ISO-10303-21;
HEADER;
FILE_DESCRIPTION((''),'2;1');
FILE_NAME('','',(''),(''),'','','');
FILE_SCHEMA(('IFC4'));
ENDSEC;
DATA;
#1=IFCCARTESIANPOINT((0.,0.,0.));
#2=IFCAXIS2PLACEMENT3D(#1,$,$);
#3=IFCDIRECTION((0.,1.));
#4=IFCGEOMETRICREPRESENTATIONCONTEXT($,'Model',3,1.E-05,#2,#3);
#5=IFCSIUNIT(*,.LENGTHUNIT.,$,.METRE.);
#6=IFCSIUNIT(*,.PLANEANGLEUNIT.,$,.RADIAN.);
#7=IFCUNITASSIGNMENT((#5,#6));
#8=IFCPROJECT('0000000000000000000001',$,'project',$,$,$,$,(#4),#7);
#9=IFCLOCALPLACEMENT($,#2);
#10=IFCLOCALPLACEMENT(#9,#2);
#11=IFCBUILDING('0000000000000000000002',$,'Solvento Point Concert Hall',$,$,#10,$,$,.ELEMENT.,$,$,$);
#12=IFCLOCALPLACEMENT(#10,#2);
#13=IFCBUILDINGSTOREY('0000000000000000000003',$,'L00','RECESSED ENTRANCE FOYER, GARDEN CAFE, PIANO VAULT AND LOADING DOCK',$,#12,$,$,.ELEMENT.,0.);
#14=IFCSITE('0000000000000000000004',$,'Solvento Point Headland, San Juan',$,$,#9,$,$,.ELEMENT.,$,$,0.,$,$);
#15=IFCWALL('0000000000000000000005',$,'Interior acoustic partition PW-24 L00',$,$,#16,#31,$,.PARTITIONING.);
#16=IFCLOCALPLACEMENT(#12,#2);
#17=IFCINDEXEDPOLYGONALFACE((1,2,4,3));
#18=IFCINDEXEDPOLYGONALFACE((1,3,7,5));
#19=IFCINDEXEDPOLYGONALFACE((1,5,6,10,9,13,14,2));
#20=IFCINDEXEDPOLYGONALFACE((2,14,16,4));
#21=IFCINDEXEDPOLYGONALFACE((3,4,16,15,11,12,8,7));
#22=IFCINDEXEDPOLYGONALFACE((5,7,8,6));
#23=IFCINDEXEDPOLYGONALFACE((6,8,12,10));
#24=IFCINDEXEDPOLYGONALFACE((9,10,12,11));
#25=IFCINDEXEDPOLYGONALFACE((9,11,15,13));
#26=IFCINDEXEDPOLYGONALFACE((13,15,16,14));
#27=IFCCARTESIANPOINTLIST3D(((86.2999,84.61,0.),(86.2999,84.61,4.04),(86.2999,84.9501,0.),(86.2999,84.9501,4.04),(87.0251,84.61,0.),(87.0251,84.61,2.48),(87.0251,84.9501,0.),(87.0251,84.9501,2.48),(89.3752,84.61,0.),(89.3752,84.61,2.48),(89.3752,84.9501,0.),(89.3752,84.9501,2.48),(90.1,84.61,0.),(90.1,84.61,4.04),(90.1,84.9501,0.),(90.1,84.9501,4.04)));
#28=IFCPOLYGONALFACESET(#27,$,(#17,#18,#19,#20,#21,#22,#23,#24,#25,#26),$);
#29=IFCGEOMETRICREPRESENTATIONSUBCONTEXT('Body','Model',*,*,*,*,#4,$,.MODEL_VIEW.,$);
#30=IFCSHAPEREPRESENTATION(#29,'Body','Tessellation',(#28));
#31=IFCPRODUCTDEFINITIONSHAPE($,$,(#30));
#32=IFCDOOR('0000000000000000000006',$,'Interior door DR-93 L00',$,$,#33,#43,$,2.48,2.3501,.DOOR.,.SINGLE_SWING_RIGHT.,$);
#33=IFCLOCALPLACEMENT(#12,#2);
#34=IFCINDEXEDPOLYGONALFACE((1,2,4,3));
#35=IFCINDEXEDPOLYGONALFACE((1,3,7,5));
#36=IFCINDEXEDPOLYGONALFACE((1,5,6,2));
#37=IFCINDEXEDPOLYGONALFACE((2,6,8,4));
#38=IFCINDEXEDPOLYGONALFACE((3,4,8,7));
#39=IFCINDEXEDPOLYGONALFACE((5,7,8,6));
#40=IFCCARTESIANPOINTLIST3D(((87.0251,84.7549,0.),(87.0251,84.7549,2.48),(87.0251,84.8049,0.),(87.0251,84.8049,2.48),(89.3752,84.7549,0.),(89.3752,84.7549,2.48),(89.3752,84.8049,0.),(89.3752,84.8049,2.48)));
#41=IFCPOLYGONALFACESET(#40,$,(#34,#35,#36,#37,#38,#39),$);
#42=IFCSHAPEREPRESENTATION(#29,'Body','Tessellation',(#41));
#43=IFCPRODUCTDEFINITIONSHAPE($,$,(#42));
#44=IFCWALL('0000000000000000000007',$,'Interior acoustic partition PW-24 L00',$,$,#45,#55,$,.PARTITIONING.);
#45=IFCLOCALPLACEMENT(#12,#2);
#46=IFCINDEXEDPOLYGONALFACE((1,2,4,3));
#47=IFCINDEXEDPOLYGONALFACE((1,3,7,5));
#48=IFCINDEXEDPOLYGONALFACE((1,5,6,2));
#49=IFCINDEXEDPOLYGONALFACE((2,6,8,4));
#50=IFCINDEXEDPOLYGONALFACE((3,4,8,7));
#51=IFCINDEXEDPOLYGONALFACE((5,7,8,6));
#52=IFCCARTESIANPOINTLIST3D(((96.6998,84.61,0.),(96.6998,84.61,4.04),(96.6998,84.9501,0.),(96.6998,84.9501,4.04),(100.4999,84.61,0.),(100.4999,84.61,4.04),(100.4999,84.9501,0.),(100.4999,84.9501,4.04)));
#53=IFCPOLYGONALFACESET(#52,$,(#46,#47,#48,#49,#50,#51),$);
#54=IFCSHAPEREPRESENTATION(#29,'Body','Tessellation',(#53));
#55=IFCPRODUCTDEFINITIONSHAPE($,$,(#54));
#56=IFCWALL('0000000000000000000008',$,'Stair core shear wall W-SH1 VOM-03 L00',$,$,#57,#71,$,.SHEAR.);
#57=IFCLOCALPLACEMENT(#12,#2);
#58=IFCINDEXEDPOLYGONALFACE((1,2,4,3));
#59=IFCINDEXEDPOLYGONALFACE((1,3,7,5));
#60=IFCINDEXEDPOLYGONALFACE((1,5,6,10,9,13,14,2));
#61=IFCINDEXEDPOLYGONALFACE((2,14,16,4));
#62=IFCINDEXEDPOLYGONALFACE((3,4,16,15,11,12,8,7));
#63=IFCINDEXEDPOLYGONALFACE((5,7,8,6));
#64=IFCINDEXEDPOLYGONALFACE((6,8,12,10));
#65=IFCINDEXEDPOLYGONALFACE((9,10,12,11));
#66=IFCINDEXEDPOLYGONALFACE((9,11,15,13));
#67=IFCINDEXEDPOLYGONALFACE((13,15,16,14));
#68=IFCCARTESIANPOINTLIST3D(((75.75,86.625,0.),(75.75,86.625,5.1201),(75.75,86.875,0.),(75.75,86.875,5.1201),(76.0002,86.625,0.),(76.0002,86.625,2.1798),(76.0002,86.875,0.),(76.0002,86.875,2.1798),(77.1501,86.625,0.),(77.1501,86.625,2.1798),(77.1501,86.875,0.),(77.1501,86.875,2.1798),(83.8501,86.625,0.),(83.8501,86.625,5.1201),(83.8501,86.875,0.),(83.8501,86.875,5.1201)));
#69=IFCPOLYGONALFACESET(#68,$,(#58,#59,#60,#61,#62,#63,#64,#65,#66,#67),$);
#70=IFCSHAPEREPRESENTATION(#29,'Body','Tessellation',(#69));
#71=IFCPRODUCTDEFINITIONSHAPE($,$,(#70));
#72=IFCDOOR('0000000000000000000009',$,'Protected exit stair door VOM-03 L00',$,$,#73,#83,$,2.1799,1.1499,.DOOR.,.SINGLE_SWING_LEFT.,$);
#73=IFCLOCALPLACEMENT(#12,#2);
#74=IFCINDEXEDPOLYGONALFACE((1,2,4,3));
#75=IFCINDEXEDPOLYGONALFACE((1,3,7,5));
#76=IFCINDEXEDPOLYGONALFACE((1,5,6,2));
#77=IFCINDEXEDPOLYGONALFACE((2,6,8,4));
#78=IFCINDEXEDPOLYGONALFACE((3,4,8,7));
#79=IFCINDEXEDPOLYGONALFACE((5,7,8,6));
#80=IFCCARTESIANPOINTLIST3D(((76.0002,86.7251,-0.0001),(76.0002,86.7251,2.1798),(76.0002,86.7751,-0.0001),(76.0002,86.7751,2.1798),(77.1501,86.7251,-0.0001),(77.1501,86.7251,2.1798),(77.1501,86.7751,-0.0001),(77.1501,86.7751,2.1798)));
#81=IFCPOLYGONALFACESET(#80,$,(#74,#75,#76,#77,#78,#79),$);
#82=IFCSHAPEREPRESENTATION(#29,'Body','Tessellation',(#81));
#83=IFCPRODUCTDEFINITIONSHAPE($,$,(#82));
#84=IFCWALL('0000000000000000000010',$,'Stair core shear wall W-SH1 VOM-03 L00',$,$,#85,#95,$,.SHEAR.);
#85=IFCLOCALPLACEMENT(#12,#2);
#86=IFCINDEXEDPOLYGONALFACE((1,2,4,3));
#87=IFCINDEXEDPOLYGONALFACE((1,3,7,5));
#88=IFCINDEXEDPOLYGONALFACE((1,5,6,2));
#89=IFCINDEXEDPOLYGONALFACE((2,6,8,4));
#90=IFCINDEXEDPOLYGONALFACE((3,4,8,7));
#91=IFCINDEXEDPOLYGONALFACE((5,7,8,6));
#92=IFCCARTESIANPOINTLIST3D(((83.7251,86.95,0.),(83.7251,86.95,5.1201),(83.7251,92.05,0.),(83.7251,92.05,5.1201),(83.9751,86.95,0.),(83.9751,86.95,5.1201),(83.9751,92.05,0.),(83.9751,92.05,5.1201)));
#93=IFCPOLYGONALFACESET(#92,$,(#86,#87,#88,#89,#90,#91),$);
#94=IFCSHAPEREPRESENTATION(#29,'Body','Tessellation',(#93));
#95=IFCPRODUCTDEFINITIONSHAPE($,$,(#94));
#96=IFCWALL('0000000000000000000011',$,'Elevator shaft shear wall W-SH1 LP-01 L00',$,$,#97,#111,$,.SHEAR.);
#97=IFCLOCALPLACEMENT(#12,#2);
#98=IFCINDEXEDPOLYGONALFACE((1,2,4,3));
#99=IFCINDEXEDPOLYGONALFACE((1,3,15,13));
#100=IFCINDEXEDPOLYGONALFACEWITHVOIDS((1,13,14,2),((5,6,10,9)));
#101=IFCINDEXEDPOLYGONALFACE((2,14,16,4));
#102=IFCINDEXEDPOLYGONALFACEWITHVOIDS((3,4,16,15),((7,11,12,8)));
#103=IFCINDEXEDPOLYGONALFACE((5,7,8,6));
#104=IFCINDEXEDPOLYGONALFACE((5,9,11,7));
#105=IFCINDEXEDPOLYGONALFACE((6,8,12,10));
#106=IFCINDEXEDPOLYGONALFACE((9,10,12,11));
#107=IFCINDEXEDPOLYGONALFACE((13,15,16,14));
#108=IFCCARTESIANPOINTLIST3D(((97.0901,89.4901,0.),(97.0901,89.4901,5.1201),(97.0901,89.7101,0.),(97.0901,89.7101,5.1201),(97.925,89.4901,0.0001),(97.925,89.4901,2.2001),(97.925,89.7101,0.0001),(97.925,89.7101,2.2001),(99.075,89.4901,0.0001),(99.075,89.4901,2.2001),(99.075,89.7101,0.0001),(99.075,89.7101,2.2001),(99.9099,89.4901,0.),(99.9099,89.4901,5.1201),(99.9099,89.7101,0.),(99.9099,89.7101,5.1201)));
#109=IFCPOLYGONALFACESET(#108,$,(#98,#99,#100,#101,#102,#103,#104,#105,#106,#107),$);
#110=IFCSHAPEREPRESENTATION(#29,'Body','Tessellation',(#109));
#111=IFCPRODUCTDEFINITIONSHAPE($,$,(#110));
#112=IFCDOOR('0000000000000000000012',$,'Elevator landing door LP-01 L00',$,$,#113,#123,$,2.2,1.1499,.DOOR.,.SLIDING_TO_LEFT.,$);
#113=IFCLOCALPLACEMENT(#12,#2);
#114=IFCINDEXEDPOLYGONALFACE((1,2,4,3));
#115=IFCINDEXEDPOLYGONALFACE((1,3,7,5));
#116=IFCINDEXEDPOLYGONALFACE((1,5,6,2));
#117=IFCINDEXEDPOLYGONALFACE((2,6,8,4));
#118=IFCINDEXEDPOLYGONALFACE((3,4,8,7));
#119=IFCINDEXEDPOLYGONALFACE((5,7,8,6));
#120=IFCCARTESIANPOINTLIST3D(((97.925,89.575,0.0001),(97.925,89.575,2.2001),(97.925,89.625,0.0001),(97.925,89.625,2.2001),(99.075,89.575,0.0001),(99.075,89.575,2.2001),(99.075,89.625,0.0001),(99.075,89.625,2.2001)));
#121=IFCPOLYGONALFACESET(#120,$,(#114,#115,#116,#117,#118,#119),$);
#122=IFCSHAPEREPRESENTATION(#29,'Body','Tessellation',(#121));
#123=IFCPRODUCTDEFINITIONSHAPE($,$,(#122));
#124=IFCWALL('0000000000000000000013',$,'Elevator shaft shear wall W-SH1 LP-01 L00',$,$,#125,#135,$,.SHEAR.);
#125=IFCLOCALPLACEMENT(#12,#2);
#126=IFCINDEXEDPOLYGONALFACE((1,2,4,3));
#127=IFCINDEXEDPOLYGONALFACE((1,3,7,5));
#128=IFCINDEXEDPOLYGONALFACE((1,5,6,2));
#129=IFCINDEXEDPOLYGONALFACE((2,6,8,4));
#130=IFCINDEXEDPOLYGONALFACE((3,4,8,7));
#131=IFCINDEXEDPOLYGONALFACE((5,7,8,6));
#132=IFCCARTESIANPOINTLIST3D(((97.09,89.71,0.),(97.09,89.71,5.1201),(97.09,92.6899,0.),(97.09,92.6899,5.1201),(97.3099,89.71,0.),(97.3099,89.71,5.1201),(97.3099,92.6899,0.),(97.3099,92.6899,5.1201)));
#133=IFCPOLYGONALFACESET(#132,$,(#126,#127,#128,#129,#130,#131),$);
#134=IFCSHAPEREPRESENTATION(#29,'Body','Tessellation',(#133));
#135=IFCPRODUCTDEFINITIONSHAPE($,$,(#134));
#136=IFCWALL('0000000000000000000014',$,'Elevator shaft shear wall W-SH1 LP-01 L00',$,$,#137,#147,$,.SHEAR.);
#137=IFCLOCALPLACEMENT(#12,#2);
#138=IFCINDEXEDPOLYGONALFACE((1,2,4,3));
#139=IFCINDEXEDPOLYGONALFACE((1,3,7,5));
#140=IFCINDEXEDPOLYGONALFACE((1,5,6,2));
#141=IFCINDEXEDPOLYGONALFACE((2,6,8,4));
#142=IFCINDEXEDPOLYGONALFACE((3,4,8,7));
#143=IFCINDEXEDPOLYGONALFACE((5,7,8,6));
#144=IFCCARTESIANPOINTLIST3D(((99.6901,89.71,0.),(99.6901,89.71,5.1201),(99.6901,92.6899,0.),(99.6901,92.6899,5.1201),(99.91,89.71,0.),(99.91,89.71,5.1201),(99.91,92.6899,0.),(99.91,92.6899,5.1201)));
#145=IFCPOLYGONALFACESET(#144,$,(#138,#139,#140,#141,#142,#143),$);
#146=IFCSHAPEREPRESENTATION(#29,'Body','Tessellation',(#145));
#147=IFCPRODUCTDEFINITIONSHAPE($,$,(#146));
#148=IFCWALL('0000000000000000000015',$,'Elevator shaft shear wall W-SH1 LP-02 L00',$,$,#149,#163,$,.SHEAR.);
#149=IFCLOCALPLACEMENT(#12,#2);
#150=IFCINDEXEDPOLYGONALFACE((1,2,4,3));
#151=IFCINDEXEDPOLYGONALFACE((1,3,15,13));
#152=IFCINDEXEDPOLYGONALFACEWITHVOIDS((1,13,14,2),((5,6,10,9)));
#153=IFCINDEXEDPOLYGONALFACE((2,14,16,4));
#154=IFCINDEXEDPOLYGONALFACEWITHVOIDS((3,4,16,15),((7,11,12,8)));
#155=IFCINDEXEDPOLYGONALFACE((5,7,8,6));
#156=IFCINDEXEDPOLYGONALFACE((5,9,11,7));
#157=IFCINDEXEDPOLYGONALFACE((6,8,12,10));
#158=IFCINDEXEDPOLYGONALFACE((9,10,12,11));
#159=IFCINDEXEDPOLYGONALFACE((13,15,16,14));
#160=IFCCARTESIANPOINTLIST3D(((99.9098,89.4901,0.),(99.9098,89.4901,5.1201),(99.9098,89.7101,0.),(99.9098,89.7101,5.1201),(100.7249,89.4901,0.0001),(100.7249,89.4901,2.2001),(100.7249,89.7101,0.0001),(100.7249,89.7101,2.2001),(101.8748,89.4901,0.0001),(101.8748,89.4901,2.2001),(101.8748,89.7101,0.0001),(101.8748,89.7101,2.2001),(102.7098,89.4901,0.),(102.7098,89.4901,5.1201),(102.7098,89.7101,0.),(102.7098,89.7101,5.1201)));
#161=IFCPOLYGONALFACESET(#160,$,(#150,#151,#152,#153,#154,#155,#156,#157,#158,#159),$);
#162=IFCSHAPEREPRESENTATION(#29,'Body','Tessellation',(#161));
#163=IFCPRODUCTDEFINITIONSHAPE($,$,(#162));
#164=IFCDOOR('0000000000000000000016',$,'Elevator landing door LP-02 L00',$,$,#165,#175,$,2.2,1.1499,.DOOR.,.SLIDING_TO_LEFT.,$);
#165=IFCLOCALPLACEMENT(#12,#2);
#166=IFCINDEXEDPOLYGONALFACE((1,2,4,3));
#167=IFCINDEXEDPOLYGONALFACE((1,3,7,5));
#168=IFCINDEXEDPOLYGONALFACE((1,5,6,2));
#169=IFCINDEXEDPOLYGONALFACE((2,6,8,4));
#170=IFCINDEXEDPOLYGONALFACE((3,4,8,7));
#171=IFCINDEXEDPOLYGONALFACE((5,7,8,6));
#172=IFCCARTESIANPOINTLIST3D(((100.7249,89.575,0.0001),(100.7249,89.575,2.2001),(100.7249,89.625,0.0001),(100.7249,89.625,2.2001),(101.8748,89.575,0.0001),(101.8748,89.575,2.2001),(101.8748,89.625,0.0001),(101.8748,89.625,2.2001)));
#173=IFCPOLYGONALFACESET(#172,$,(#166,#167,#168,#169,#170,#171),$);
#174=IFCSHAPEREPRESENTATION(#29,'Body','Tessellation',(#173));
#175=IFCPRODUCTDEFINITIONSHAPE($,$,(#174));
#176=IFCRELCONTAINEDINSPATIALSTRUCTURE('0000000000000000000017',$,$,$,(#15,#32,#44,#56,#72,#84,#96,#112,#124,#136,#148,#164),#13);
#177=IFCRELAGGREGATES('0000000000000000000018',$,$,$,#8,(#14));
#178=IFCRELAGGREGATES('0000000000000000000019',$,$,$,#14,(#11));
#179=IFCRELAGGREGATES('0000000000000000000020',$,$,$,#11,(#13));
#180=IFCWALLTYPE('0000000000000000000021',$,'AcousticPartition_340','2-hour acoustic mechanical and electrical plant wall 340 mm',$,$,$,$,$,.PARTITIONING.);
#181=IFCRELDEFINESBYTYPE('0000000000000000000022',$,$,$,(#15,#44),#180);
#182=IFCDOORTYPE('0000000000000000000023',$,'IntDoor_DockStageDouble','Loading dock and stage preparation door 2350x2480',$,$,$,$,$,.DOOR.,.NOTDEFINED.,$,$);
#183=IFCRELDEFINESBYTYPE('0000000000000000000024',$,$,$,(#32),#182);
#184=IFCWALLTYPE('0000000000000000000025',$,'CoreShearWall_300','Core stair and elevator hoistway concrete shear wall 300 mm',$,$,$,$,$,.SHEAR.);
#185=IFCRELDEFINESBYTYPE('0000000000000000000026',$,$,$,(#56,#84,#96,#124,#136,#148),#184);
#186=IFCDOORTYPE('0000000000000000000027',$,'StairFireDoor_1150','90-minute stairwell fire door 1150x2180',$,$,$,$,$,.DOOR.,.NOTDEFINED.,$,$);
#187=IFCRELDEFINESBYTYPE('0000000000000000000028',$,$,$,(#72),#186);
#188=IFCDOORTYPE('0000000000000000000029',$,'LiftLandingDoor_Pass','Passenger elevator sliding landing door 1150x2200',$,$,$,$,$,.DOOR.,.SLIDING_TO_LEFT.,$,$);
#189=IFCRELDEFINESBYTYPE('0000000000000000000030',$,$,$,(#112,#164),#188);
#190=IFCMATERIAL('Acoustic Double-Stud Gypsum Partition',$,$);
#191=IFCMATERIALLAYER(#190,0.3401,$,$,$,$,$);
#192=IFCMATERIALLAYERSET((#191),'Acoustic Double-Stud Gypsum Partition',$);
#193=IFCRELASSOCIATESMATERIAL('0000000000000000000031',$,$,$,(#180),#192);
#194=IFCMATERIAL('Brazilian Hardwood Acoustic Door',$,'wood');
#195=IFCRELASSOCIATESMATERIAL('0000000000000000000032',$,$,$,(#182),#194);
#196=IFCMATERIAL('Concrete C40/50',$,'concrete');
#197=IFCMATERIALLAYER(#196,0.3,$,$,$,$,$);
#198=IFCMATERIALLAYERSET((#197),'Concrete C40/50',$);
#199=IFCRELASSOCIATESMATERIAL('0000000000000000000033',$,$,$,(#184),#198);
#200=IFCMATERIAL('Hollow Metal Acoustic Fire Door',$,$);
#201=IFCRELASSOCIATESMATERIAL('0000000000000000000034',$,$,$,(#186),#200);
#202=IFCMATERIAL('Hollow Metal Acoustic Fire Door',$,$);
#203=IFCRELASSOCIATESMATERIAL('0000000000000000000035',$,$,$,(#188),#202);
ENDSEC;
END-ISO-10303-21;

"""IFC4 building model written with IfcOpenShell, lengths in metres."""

from ifc_helpers import new_model, si_unit, direction, frame, frame_2d, origin, place, context, subcontext, project, spatial, rectangle, extrude, material, layer, layer_set, type_object, element, fill, save


model = new_model("IFC4")

# Units and contexts
model_context = context("Model", 3, precision=1e-05, world=origin(), true_north=direction((0.0, 1.0)))
body_context = subcontext(model_context, "Body", "Model", "MODEL_VIEW")
ifc_project = project(units=[si_unit("LENGTHUNIT", "METRE"), si_unit("PLANEANGLEUNIT", "RADIAN")], contexts=[model_context])

# Site, building, storey
site_placement = place(None, origin())
site = spatial("IfcSite", under=ifc_project, at=site_placement, Name="Solvento Point Headland, San Juan", CompositionType="ELEMENT", RefElevation=0.0)
building_placement = place(site_placement, origin())
building = spatial("IfcBuilding", under=site, at=building_placement, Name="Solvento Point Concert Hall", CompositionType="ELEMENT")
storey_placement = place(building_placement, origin())
storey = spatial("IfcBuildingStorey", under=building, at=storey_placement, Name="L00", Description="RECESSED ENTRANCE FOYER, GARDEN CAFE, PIANO VAULT AND LOADING DOCK", CompositionType="ELEMENT", Elevation=0.0)

# Wall, opening, door
ifc_material_1 = material(Name="Acoustic Double-Stud Gypsum Partition")
ifc_layer_1 = layer(ifc_material_1, 0.3401)
ifc_layer_set_1 = layer_set([ifc_layer_1], Name="Acoustic Double-Stud Gypsum Partition")
wall_type_1 = type_object("IfcWallType", Name="AcousticPartition_340", Description="2-hour acoustic mechanical and electrical plant wall 340 mm", PredefinedType="PARTITIONING", material=ifc_layer_set_1)
wall_1_placement = place(storey_placement, frame((86.3, 84.78, 0.0), z_axis=(0.0, 0.0, 1.0), x_axis=(1.0, 0.0, 0.0)))
wall_1 = element("IfcWall", 1, at=wall_1_placement, inside=storey, type_object=wall_type_1, Name="Interior acoustic partition PW-24 L00", PredefinedType="PARTITIONING", context=body_context, shape_type="SweptSolid", body=[
    extrude(rectangle(XDim=3.8, YDim=0.3401, at=frame_2d((1.8999, 0.0))), origin(), (0.0, 0.0, 1.0), 4.04),
])
opening_1_placement = place(wall_1_placement, frame((0.7251, 0.0, 0.0)))
opening_1 = element("IfcOpeningElement", 2, at=opening_1_placement, cuts=wall_1, PredefinedType="OPENING", context=body_context, shape_type="SweptSolid", body=[
    extrude(rectangle(XDim=2.3501, YDim=2.48, at=frame_2d((1.175, 1.24))), frame((0.0, 0.1799, 0.0), z_axis=(0.0, -1.0, 0.0), x_axis=(1.0, 0.0, 0.0)), (0.0, 0.0, 1.0), 0.3601),
])
ifc_material_2 = material(Name="Brazilian Hardwood Acoustic Door", Category="wood")
door_type_1 = type_object("IfcDoorType", Name="IntDoor_DockStageDouble", Description="Loading dock and stage preparation door 2350x2480", OperationType="NOTDEFINED", PredefinedType="DOOR", material=ifc_material_2)
door_1_placement = place(opening_1_placement, origin())
door_1 = element("IfcDoor", 3, at=door_1_placement, inside=storey, type_object=door_type_1, Name="Interior door DR-93 L00", OperationType="SINGLE_SWING_RIGHT", OverallHeight=2.48, OverallWidth=2.3501, PredefinedType="DOOR", context=body_context, shape_type="SweptSolid", body=[
    extrude(rectangle(XDim=2.3501, YDim=2.48, at=frame_2d((1.175, 1.24))), frame((0.0, 0.0249, 0.0), z_axis=(0.0, -1.0, 0.0), x_axis=(1.0, 0.0, 0.0)), (0.0, 0.0, 1.0), 0.05),
])
fill(opening_1, door_1)

# Wall
wall_2_placement = place(storey_placement, frame((96.7, 84.78, 0.0), z_axis=(0.0, 0.0, 1.0), x_axis=(1.0, 0.0, 0.0)))
element("IfcWall", 4, at=wall_2_placement, inside=storey, type_object=wall_type_1, Name="Interior acoustic partition PW-24 L00", PredefinedType="PARTITIONING", context=body_context, shape_type="SweptSolid", body=[
    extrude(rectangle(XDim=3.8, YDim=0.3401, at=frame_2d((1.8999, 0.0))), origin(), (0.0, 0.0, 1.0), 4.04),
])

# Wall, opening, door
ifc_material_3 = material(Name="Concrete C40/50", Category="concrete")
ifc_layer_2 = layer(ifc_material_3, 0.3)
ifc_layer_set_2 = layer_set([ifc_layer_2], Name="Concrete C40/50")
wall_type_2 = type_object("IfcWallType", Name="CoreShearWall_300", Description="Core stair and elevator hoistway concrete shear wall 300 mm", PredefinedType="SHEAR", material=ifc_layer_set_2)
wall_3_placement = place(storey_placement, frame((83.8501, 86.75, 0.0), z_axis=(0.0, 0.0, 1.0), x_axis=(-1.0, 0.0, 0.0)))
wall_3 = element("IfcWall", 5, at=wall_3_placement, inside=storey, type_object=wall_type_2, Name="Stair core shear wall W-SH1 VOM-03 L00", PredefinedType="SHEAR", context=body_context, shape_type="SweptSolid", body=[
    extrude(rectangle(XDim=8.1001, YDim=0.25, at=frame_2d((4.05, 0.0))), origin(), (0.0, 0.0, 1.0), 5.1201),
])
opening_2_placement = place(wall_3_placement, frame((6.7, 0.0, 0.0)))
opening_2 = element("IfcOpeningElement", 6, at=opening_2_placement, cuts=wall_3, PredefinedType="OPENING", context=body_context, shape_type="SweptSolid", body=[
    extrude(rectangle(XDim=1.1499, YDim=2.1799, at=frame_2d((0.575, 1.0898))), frame((0.0, 0.135, 0.0), z_axis=(0.0, -1.0, 0.0), x_axis=(1.0, 0.0, 0.0)), (0.0, 0.0, 1.0), 0.27),
])
ifc_material_4 = material(Name="Hollow Metal Acoustic Fire Door")
door_type_2 = type_object("IfcDoorType", Name="StairFireDoor_1150", Description="90-minute stairwell fire door 1150x2180", OperationType="NOTDEFINED", PredefinedType="DOOR", material=ifc_material_4)
door_2_placement = place(opening_2_placement, origin())
door_2 = element("IfcDoor", 7, at=door_2_placement, inside=storey, type_object=door_type_2, Name="Protected exit stair door VOM-03 L00", OperationType="SINGLE_SWING_LEFT", OverallHeight=2.1799, OverallWidth=1.1499, PredefinedType="DOOR", context=body_context, shape_type="SweptSolid", body=[
    extrude(rectangle(XDim=1.1499, YDim=2.1799, at=frame_2d((0.575, 1.0898))), frame((0.0, 0.0249, 0.0), z_axis=(0.0, -1.0, 0.0), x_axis=(1.0, 0.0, 0.0)), (0.0, 0.0, 1.0), 0.05),
])
fill(opening_2, door_2)

# Wall
wall_4_placement = place(storey_placement, frame((83.8501, 92.05, 0.0), z_axis=(0.0, 0.0, 1.0), x_axis=(0.0, -1.0, 0.0)))
element("IfcWall", 8, at=wall_4_placement, inside=storey, type_object=wall_type_2, Name="Stair core shear wall W-SH1 VOM-03 L00", PredefinedType="SHEAR", context=body_context, shape_type="SweptSolid", body=[
    extrude(rectangle(XDim=5.1001, YDim=0.25, at=frame_2d((2.55, 0.0))), origin(), (0.0, 0.0, 1.0), 5.1201),
])

# Wall, opening, door
wall_5_placement = place(storey_placement, frame((97.0901, 89.6001, 0.0), z_axis=(0.0, 0.0, 1.0), x_axis=(1.0, 0.0, 0.0)))
wall_5 = element("IfcWall", 9, at=wall_5_placement, inside=storey, type_object=wall_type_2, Name="Elevator shaft shear wall W-SH1 LP-01 L00", PredefinedType="SHEAR", context=body_context, shape_type="SweptSolid", body=[
    extrude(rectangle(XDim=2.8198, YDim=0.22, at=frame_2d((1.4099, 0.0))), origin(), (0.0, 0.0, 1.0), 5.1201),
])
opening_3_placement = place(wall_5_placement, frame((0.835, 0.0, 0.0)))
opening_3 = element("IfcOpeningElement", 10, at=opening_3_placement, cuts=wall_5, PredefinedType="OPENING", context=body_context, shape_type="SweptSolid", body=[
    extrude(rectangle(XDim=1.1499, YDim=2.2, at=frame_2d((0.575, 1.1001))), frame((0.0, 0.1199, 0.0), z_axis=(0.0, -1.0, 0.0), x_axis=(1.0, 0.0, 0.0)), (0.0, 0.0, 1.0), 0.24),
])
ifc_material_5 = material(Name="Hollow Metal Acoustic Fire Door")
door_type_3 = type_object("IfcDoorType", Name="LiftLandingDoor_Pass", Description="Passenger elevator sliding landing door 1150x2200", OperationType="SLIDING_TO_LEFT", PredefinedType="DOOR", material=ifc_material_5)
door_3_placement = place(opening_3_placement, origin())
door_3 = element("IfcDoor", 11, at=door_3_placement, inside=storey, type_object=door_type_3, Name="Elevator landing door LP-01 L00", OperationType="SLIDING_TO_LEFT", OverallHeight=2.2, OverallWidth=1.1499, PredefinedType="DOOR", context=body_context, shape_type="SweptSolid", body=[
    extrude(rectangle(XDim=1.1499, YDim=2.2, at=frame_2d((0.575, 1.1001))), frame((0.0, 0.0249, 0.0), z_axis=(0.0, -1.0, 0.0), x_axis=(1.0, 0.0, 0.0)), (0.0, 0.0, 1.0), 0.05),
])
fill(opening_3, door_3)

# Walls
for number, where, z_axis, x_axis, name in (
    (12, (97.2, 89.71, 0.0), (0.0, 0.0, 1.0), (0.0, 1.0, 0.0), "Elevator shaft shear wall W-SH1 LP-01 L00"),
    (13, (99.8, 89.71, 0.0), (0.0, 0.0, 1.0), (0.0, 1.0, 0.0), "Elevator shaft shear wall W-SH1 LP-01 L00"),
):
    element("IfcWall", number, at=place(storey_placement, frame(where, z_axis=z_axis, x_axis=x_axis)), inside=storey, type_object=wall_type_2, Name=name, PredefinedType="SHEAR", context=body_context, shape_type="SweptSolid", body=[
        extrude(rectangle(XDim=2.98, YDim=0.22, at=frame_2d((1.49, 0.0))), origin(), (0.0, 0.0, 1.0), 5.1201),
    ])

# Wall, opening, door
wall_6_placement = place(storey_placement, frame((99.9099, 89.6001, 0.0), z_axis=(0.0, 0.0, 1.0), x_axis=(1.0, 0.0, 0.0)))
wall_6 = element("IfcWall", 14, at=wall_6_placement, inside=storey, type_object=wall_type_2, Name="Elevator shaft shear wall W-SH1 LP-02 L00", PredefinedType="SHEAR", context=body_context, shape_type="SweptSolid", body=[
    extrude(rectangle(XDim=2.8, YDim=0.22, at=frame_2d((1.3999, 0.0))), origin(), (0.0, 0.0, 1.0), 5.1201),
])
opening_4_placement = place(wall_6_placement, frame((0.8149, 0.0, 0.0)))
opening_4 = element("IfcOpeningElement", 15, at=opening_4_placement, cuts=wall_6, PredefinedType="OPENING", context=body_context, shape_type="SweptSolid", body=[
    extrude(rectangle(XDim=1.1499, YDim=2.2, at=frame_2d((0.575, 1.1001))), frame((0.0, 0.1199, 0.0), z_axis=(0.0, -1.0, 0.0), x_axis=(1.0, 0.0, 0.0)), (0.0, 0.0, 1.0), 0.24),
])
door_4_placement = place(opening_4_placement, origin())
door_4 = element("IfcDoor", 16, at=door_4_placement, inside=storey, type_object=door_type_3, Name="Elevator landing door LP-02 L00", OperationType="SLIDING_TO_LEFT", OverallHeight=2.2, OverallWidth=1.1499, PredefinedType="DOOR", context=body_context, shape_type="SweptSolid", body=[
    extrude(rectangle(XDim=1.1499, YDim=2.2, at=frame_2d((0.575, 1.1001))), frame((0.0, 0.0249, 0.0), z_axis=(0.0, -1.0, 0.0), x_axis=(1.0, 0.0, 0.0)), (0.0, 0.0, 1.0), 0.05),
])
fill(opening_4, door_4)

save(model, "model.ifc")
